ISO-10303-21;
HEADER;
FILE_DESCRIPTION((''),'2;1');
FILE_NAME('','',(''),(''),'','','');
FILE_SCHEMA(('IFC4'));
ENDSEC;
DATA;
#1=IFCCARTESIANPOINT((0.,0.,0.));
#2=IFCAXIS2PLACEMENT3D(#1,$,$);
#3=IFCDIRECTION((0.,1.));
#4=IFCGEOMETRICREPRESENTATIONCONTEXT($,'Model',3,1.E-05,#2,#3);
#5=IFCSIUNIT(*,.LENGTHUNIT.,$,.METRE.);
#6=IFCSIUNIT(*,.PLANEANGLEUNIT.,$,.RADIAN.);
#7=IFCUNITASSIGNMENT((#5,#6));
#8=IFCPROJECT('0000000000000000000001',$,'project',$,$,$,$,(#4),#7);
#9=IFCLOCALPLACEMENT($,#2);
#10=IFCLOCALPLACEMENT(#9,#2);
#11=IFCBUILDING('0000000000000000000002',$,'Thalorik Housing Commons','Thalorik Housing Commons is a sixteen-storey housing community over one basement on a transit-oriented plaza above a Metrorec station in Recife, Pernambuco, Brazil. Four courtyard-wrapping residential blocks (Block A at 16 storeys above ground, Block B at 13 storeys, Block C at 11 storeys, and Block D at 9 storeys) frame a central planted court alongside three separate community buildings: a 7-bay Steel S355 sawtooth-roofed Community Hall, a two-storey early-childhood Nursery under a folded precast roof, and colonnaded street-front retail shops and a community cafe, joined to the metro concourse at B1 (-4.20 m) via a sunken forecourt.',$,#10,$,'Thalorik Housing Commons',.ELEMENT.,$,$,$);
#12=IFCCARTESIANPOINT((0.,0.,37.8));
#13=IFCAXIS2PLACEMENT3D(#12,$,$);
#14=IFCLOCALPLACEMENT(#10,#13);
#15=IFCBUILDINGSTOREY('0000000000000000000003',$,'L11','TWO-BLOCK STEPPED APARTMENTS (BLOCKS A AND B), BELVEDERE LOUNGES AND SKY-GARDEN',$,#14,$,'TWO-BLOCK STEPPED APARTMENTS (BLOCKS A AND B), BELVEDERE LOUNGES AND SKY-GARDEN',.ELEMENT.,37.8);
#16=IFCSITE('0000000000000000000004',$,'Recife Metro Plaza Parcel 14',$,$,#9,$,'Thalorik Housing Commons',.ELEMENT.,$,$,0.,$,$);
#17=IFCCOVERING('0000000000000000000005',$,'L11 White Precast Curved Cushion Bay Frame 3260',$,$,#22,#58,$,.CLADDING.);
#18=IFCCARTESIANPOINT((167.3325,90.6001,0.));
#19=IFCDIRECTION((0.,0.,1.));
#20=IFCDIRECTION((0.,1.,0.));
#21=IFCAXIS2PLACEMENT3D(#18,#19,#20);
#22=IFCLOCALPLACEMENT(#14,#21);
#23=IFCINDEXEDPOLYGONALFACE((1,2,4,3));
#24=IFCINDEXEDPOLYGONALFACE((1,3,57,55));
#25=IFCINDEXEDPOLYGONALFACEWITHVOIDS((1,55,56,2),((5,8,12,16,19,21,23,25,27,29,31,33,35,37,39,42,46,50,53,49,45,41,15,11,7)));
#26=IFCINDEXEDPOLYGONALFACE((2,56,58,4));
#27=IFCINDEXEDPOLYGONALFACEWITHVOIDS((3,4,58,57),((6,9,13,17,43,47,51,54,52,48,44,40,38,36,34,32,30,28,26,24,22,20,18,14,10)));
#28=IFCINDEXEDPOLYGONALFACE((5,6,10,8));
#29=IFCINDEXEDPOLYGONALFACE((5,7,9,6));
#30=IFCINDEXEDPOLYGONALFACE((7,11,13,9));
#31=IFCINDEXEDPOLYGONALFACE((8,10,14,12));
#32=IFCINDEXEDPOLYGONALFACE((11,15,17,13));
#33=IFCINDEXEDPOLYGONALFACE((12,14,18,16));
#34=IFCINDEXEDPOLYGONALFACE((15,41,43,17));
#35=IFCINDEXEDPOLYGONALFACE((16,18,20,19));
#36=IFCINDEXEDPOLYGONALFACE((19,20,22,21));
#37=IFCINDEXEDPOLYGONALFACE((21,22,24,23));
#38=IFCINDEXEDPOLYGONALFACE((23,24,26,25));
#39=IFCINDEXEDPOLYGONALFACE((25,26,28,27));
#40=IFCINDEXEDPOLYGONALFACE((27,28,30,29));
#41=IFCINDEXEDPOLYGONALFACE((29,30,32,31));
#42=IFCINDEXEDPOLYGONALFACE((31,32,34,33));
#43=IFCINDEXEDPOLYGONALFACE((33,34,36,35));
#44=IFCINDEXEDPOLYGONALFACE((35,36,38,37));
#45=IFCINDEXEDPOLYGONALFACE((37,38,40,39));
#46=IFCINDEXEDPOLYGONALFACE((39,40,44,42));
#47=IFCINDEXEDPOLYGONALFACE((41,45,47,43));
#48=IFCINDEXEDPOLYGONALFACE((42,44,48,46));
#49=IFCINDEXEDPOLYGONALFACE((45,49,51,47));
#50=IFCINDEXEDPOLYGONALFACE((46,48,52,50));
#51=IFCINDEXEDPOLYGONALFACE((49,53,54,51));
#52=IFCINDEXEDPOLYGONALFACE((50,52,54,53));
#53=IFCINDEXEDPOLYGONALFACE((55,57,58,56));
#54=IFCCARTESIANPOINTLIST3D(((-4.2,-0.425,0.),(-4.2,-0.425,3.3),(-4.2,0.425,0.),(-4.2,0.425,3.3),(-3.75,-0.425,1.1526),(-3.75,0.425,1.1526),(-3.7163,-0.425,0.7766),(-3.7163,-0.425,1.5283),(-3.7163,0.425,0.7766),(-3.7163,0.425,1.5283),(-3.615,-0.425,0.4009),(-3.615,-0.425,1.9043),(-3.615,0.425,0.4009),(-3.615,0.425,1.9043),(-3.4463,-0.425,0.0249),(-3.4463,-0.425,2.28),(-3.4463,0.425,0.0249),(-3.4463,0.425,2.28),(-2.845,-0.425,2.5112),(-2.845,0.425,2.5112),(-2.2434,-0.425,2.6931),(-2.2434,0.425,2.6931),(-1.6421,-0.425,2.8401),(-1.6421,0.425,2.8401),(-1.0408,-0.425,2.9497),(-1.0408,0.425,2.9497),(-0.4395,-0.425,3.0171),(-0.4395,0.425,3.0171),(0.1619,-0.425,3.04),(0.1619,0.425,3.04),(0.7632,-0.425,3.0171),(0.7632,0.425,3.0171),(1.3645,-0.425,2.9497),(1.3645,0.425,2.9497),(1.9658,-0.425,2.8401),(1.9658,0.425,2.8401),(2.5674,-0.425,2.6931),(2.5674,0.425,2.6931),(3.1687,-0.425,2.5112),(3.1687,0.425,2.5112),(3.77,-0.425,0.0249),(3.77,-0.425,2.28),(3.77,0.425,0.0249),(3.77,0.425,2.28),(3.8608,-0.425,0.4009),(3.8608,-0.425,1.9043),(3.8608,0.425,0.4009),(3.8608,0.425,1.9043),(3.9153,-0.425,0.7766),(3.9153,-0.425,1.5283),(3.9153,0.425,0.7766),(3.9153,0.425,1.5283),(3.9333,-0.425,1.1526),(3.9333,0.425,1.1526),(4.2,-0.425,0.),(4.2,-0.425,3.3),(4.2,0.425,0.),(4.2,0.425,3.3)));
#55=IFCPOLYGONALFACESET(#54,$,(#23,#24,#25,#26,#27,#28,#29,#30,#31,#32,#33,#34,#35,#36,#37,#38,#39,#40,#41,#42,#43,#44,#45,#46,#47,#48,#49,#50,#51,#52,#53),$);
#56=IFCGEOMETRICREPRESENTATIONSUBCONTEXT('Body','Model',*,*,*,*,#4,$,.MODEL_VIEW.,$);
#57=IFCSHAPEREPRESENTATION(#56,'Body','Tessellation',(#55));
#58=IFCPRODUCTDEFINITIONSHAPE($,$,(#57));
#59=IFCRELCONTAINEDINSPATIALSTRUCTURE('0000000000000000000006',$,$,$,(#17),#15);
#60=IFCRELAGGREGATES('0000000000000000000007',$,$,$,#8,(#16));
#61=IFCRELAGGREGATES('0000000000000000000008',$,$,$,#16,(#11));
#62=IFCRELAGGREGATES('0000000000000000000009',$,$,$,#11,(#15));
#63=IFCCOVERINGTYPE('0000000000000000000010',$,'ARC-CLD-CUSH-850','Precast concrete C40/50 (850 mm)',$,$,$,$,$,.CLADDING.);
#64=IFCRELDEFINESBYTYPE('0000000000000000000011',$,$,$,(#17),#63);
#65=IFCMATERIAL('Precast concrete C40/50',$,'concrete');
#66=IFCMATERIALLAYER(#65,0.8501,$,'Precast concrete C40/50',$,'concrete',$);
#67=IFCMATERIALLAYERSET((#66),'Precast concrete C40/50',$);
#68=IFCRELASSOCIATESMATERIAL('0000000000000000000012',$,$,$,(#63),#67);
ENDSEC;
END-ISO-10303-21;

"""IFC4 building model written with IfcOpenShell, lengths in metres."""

from ifc_helpers import new_model, si_unit, direction, frame, origin, place, context, subcontext, project, spatial, polyline, outline, extrude, material, layer, layer_set, type_object, element, save


model = new_model("IFC4")

# Units and contexts
model_context = context("Model", 3, precision=1e-05, world=origin(), true_north=direction((0.0, 1.0)))
body_context = subcontext(model_context, "Body", "Model", "MODEL_VIEW")
ifc_project = project(units=[si_unit("LENGTHUNIT", "METRE"), si_unit("PLANEANGLEUNIT", "RADIAN")], contexts=[model_context])

# Site, building, storey
site_placement = place(None, origin())
site = spatial("IfcSite", under=ifc_project, at=site_placement, Name="Recife Metro Plaza Parcel 14", LongName="Thalorik Housing Commons", CompositionType="ELEMENT", RefElevation=0.0)
building_placement = place(site_placement, origin())
building = spatial("IfcBuilding", under=site, at=building_placement, Name="Thalorik Housing Commons", Description="Thalorik Housing Commons is a sixteen-storey housing community over one basement on a transit-oriented plaza above a Metrorec station in Recife, Pernambuco, Brazil. Four courtyard-wrapping residential blocks (Block A at 16 storeys above ground, Block B at 13 storeys, Block C at 11 storeys, and Block D at 9 storeys) frame a central planted court alongside three separate community buildings: a 7-bay Steel S355 sawtooth-roofed Community Hall, a two-storey early-childhood Nursery under a folded precast roof, and colonnaded street-front retail shops and a community cafe, joined to the metro concourse at B1 (-4.20 m) via a sunken forecourt.", LongName="Thalorik Housing Commons", CompositionType="ELEMENT")
storey_placement = place(building_placement, frame((0.0, 0.0, 37.8)))
storey = spatial("IfcBuildingStorey", under=building, at=storey_placement, Name="L11", Description="TWO-BLOCK STEPPED APARTMENTS (BLOCKS A AND B), BELVEDERE LOUNGES AND SKY-GARDEN", LongName="TWO-BLOCK STEPPED APARTMENTS (BLOCKS A AND B), BELVEDERE LOUNGES AND SKY-GARDEN", CompositionType="ELEMENT", Elevation=37.8)

# Shared definitions
ifc_material_1 = material(Name="Precast concrete C40/50", Category="concrete")

# Covering
ifc_layer_1 = layer(ifc_material_1, 0.8501, Name="Precast concrete C40/50", Category="concrete")
ifc_layer_set_1 = layer_set([ifc_layer_1], Name="Precast concrete C40/50")
covering_type_1 = type_object("IfcCoveringType", Name="ARC-CLD-CUSH-850", Description="Precast concrete C40/50 (850 mm)", PredefinedType="CLADDING", material=ifc_layer_set_1)
covering_1_placement = place(storey_placement, frame((167.3325, 90.6001, 0.0), z_axis=(0.0, 0.0, 1.0), x_axis=(0.0, 1.0, 0.0)))
element("IfcCovering", 1, at=covering_1_placement, inside=storey, type_object=covering_type_1, Name="L11 White Precast Curved Cushion Bay Frame 3260", PredefinedType="CLADDING", context=body_context, shape_type="SweptSolid", body=[
    extrude(outline(polyline([(-4.2, 0.0), (4.2, 0.0), (4.2, 3.3), (-4.2, 3.3), (-4.2, 0.0)]), holes=[polyline([(3.77, 0.0249), (3.8608, 0.4009), (3.9153, 0.7766), (3.9333, 1.1526), (3.9153, 1.5283), (3.8608, 1.9043), (3.77, 2.28), (3.1687, 2.5112), (2.5674, 2.6931), (1.9658, 2.8401), (1.3645, 2.9497), (0.7632, 3.0171), (0.1619, 3.04), (-0.4395, 3.0171), (-1.0408, 2.9497), (-1.6421, 2.8401), (-2.2434, 2.6931), (-2.845, 2.5112), (-3.4463, 2.28), (-3.615, 1.9043), (-3.7163, 1.5283), (-3.75, 1.1526), (-3.7163, 0.7766), (-3.615, 0.4009), (-3.4463, 0.0249), (3.77, 0.0249)])]), frame((0.0, 0.425, 0.0), z_axis=(0.0, -1.0, 0.0), x_axis=(1.0, 0.0, 0.0)), (0.0, 0.0, 1.0), 0.8501),
])

save(model, "model.ifc")
